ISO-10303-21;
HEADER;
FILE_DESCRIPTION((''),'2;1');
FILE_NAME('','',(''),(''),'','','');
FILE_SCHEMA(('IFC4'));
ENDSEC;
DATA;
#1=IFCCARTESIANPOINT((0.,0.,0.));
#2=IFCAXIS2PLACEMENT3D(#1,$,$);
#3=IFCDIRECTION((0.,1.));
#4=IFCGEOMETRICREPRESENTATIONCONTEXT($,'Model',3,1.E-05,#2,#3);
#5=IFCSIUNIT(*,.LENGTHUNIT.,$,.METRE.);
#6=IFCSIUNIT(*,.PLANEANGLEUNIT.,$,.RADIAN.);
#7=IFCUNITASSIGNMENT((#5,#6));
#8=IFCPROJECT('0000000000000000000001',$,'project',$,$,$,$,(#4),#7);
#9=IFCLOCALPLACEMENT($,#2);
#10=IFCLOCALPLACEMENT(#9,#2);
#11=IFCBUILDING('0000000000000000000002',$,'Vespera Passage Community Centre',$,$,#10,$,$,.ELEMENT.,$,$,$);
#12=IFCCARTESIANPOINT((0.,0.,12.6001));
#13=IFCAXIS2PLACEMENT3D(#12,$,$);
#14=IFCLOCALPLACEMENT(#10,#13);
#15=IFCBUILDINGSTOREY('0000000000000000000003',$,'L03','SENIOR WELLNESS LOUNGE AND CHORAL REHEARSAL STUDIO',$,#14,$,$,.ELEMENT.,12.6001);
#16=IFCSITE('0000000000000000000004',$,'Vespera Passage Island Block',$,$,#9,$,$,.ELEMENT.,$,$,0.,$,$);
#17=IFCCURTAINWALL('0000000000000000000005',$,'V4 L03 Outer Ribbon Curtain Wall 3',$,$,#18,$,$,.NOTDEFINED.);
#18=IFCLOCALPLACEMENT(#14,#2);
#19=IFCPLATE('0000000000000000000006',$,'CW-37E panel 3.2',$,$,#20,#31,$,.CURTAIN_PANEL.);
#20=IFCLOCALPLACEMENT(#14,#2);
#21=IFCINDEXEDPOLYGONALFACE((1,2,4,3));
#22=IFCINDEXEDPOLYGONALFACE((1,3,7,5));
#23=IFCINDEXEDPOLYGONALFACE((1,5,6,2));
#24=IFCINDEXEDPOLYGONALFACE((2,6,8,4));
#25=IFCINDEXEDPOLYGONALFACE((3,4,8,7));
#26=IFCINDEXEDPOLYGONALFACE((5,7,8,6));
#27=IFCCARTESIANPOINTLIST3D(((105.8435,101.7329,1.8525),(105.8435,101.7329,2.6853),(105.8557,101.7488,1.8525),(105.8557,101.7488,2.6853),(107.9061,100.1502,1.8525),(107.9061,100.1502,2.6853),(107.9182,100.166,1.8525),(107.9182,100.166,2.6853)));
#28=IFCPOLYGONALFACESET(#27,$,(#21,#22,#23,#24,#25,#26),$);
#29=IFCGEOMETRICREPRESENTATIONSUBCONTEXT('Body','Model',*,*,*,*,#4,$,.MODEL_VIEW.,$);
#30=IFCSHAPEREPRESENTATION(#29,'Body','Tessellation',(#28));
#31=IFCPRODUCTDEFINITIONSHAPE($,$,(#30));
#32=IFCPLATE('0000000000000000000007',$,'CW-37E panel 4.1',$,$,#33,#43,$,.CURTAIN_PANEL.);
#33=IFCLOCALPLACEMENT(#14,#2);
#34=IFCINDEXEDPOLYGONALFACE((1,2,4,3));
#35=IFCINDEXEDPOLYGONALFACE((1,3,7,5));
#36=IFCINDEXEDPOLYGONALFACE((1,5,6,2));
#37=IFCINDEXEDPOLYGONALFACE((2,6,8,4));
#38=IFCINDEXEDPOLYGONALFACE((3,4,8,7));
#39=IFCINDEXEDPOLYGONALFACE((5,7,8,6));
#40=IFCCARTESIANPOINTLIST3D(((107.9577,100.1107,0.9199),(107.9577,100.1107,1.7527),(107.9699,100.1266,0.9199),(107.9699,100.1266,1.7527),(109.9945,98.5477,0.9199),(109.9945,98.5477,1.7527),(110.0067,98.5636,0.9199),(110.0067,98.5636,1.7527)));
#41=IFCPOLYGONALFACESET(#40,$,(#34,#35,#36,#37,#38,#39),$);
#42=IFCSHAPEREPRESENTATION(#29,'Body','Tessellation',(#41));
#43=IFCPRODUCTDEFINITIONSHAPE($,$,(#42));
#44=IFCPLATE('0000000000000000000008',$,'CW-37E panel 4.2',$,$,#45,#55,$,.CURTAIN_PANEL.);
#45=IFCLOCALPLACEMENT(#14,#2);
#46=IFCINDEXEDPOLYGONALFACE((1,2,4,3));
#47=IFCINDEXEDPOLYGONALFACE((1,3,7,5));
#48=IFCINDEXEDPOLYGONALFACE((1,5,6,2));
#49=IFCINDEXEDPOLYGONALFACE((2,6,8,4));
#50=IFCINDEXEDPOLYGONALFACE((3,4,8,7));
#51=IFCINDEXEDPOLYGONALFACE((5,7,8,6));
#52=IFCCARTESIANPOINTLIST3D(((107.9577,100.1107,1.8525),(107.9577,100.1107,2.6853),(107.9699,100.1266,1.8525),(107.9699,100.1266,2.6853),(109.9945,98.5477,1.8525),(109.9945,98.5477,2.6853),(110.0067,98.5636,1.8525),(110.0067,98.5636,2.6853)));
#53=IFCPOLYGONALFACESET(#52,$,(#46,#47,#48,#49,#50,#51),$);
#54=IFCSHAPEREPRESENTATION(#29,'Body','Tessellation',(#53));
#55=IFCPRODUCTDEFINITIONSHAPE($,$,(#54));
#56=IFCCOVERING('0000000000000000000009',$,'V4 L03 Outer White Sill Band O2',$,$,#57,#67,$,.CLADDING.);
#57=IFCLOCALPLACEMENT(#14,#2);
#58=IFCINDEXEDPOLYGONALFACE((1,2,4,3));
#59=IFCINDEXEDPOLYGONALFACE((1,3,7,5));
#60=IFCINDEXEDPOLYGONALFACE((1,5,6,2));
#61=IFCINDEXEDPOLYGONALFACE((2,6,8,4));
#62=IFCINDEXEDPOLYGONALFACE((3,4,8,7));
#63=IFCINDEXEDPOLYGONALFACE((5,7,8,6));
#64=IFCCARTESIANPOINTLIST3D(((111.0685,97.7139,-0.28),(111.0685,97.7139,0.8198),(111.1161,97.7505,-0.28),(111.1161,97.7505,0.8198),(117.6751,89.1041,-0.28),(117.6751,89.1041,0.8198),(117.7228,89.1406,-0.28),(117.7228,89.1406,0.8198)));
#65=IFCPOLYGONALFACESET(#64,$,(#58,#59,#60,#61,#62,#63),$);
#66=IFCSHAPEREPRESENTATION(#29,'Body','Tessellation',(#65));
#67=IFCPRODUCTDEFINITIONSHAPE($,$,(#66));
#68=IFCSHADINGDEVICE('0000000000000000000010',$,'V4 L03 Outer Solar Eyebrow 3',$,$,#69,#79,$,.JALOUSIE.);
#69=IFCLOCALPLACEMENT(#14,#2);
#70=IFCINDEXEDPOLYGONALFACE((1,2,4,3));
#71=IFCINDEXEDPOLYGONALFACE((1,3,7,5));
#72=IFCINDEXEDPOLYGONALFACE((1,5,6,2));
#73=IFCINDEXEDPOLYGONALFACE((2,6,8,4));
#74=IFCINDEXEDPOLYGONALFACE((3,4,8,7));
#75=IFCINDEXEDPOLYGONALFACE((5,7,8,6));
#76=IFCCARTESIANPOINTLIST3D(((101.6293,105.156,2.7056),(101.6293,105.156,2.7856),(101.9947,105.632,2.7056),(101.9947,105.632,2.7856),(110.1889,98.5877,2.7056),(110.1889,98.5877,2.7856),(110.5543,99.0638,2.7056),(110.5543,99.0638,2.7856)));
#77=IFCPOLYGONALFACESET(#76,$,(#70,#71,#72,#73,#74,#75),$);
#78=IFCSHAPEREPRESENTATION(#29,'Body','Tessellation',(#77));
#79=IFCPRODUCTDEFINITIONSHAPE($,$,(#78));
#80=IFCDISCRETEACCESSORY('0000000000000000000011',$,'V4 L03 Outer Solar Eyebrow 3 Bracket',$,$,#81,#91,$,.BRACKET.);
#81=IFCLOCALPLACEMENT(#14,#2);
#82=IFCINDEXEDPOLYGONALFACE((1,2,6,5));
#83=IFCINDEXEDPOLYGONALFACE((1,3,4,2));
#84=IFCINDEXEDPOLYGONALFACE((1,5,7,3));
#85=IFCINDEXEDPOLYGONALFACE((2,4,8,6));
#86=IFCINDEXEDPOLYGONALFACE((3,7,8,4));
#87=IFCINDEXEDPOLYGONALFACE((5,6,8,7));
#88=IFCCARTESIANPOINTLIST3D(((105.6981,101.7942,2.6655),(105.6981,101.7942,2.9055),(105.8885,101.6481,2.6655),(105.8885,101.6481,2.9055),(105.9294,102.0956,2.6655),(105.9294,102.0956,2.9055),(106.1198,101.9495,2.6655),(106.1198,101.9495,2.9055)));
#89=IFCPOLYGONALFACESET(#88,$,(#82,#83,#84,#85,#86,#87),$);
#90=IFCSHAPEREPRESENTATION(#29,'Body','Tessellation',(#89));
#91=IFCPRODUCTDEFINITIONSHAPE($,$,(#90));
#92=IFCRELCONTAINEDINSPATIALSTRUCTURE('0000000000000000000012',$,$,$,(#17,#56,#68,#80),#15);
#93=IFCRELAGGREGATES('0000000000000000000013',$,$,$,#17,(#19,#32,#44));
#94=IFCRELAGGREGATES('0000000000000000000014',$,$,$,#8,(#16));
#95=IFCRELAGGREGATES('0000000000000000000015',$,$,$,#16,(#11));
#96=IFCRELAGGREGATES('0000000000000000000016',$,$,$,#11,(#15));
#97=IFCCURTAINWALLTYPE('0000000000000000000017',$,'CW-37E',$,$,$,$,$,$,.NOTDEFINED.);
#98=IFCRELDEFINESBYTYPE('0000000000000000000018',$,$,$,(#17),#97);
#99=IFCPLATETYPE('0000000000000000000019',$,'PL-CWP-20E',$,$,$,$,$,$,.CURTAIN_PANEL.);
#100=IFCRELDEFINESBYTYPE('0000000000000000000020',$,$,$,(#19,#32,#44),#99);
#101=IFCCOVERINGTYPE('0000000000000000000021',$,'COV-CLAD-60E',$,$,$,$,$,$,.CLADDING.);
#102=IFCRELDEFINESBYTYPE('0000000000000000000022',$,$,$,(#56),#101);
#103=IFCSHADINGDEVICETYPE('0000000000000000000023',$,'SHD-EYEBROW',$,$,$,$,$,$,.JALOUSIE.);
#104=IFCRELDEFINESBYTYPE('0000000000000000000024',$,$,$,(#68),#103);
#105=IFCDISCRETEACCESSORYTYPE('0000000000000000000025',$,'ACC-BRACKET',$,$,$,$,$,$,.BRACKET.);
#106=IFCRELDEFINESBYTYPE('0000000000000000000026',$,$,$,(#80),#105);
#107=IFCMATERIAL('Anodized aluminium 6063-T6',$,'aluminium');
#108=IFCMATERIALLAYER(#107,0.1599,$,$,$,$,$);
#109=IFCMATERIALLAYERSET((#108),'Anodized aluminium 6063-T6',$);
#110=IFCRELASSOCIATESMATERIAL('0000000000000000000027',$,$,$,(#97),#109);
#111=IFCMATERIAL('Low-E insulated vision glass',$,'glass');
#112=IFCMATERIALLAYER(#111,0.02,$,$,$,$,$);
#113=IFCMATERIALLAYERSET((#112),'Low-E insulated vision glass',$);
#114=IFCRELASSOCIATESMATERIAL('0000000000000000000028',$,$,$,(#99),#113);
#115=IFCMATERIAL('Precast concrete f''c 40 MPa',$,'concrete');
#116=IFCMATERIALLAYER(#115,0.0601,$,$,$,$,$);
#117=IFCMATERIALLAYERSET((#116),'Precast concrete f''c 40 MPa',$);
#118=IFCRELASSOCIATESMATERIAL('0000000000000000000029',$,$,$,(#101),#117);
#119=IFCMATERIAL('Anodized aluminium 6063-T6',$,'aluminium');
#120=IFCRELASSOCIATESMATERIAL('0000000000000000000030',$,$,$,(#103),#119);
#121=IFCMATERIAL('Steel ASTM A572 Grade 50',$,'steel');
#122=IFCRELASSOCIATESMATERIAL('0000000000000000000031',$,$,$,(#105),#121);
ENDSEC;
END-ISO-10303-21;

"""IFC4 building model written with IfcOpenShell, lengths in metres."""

from ifc_helpers import new_model, si_unit, direction, frame, frame_2d, origin, origin_2d, place, context, subcontext, project, spatial, rectangle, extrude, material, layer, layer_set, type_object, element, aggregate, save


model = new_model("IFC4")

# Units and contexts
model_context = context("Model", 3, precision=1e-05, world=origin(), true_north=direction((0.0, 1.0)))
body_context = subcontext(model_context, "Body", "Model", "MODEL_VIEW")
ifc_project = project(units=[si_unit("LENGTHUNIT", "METRE"), si_unit("PLANEANGLEUNIT", "RADIAN")], contexts=[model_context])

# Site, building, storey
site_placement = place(None, origin())
site = spatial("IfcSite", under=ifc_project, at=site_placement, Name="Vespera Passage Island Block", CompositionType="ELEMENT", RefElevation=0.0)
building_placement = place(site_placement, origin())
building = spatial("IfcBuilding", under=site, at=building_placement, Name="Vespera Passage Community Centre", CompositionType="ELEMENT")
storey_placement = place(building_placement, frame((0.0, 0.0, 12.6001)))
storey = spatial("IfcBuildingStorey", under=building, at=storey_placement, Name="L03", Description="SENIOR WELLNESS LOUNGE AND CHORAL REHEARSAL STUDIO", CompositionType="ELEMENT", Elevation=12.6001)

# Curtain wall, plates
ifc_material_1 = material(Name="Anodized aluminium 6063-T6", Category="aluminium")
ifc_layer_1 = layer(ifc_material_1, 0.1599)
ifc_layer_set_1 = layer_set([ifc_layer_1], Name="Anodized aluminium 6063-T6")
curtain_wall_type = type_object("IfcCurtainWallType", Name="CW-37E", PredefinedType="NOTDEFINED", material=ifc_layer_set_1)
curtain_wall_placement = place(storey_placement, origin())
curtain_wall = element("IfcCurtainWall", 1, at=curtain_wall_placement, inside=storey, type_object=curtain_wall_type, Name="V4 L03 Outer Ribbon Curtain Wall 3", PredefinedType="NOTDEFINED")
ifc_material_2 = material(Name="Low-E insulated vision glass", Category="glass")
ifc_layer_2 = layer(ifc_material_2, 0.02)
ifc_layer_set_2 = layer_set([ifc_layer_2], Name="Low-E insulated vision glass")
plate_type = type_object("IfcPlateType", Name="PL-CWP-20E", PredefinedType="CURTAIN_PANEL", material=ifc_layer_set_2)
plate_1_placement = place(storey_placement, frame((106.8809, 100.9495, 1.8525), z_axis=(0.0, 0.0, 1.0), x_axis=(0.793345, -0.608772, 0.0)))
plate_1 = element("IfcPlate", 2, at=plate_1_placement, type_object=plate_type, Name="CW-37E panel 3.2", PredefinedType="CURTAIN_PANEL", context=body_context, shape_type="SweptSolid", body=[
    extrude(rectangle(XDim=2.5999, YDim=0.02, at=origin_2d()), origin(), (0.0, 0.0, 1.0), 0.8328),
])
plate_2_placement = place(storey_placement, frame((108.9822, 99.3372, 0.9199), z_axis=(0.0, 0.0, 1.0), x_axis=(0.793345, -0.608772, 0.0)))
plate_2 = element("IfcPlate", 3, at=plate_2_placement, type_object=plate_type, Name="CW-37E panel 4.1", PredefinedType="CURTAIN_PANEL", context=body_context, shape_type="SweptSolid", body=[
    extrude(rectangle(XDim=2.5674, YDim=0.02, at=origin_2d()), origin(), (0.0, 0.0, 1.0), 0.8328),
])
plate_3_placement = place(storey_placement, frame((108.9822, 99.3372, 1.8525), z_axis=(0.0, 0.0, 1.0), x_axis=(0.793345, -0.608772, 0.0)))
plate_3 = element("IfcPlate", 4, at=plate_3_placement, type_object=plate_type, Name="CW-37E panel 4.2", PredefinedType="CURTAIN_PANEL", context=body_context, shape_type="SweptSolid", body=[
    extrude(rectangle(XDim=2.5674, YDim=0.02, at=origin_2d()), origin(), (0.0, 0.0, 1.0), 0.8328),
])
aggregate(curtain_wall, [plate_1, plate_2, plate_3])

# Covering
ifc_material_3 = material(Name="Precast concrete f'c 40 MPa", Category="concrete")
ifc_layer_3 = layer(ifc_material_3, 0.0601)
ifc_layer_set_3 = layer_set([ifc_layer_3], Name="Precast concrete f'c 40 MPa")
covering_type = type_object("IfcCoveringType", Name="COV-CLAD-60E", PredefinedType="CLADDING", material=ifc_layer_set_3)
covering_placement = place(storey_placement, frame((111.0923, 97.7322, -0.28), z_axis=(0.0, 0.0, 1.0), x_axis=(0.608768, -0.793348, 0.0)))
element("IfcCovering", 5, at=covering_placement, inside=storey, type_object=covering_type, Name="V4 L03 Outer White Sill Band O2", PredefinedType="CLADDING", context=body_context, shape_type="SweptSolid", body=[
    extrude(rectangle(XDim=10.8525, YDim=0.0601, at=frame_2d((5.4263, 0.0))), origin(), (0.0, 0.0, 1.0), 1.0999),
])

# Shading device
ifc_material_4 = material(Name="Anodized aluminium 6063-T6", Category="aluminium")
shading_device_type = type_object("IfcShadingDeviceType", Name="SHD-EYEBROW", PredefinedType="JALOUSIE", material=ifc_material_4)
shading_device_placement = place(storey_placement, frame((106.0918, 102.1099, 2.7056), z_axis=(0.0, 0.0, 1.0), x_axis=(0.793343, -0.608775, 0.0)))
element("IfcShadingDevice", 6, at=shading_device_placement, inside=storey, type_object=shading_device_type, Name="V4 L03 Outer Solar Eyebrow 3", PredefinedType="JALOUSIE", context=body_context, shape_type="SweptSolid", body=[
    extrude(rectangle(XDim=10.7893, YDim=0.6001, at=origin_2d()), origin(), (0.0, 0.0, 1.0), 0.0801),
])

# Discrete accessory
ifc_material_5 = material(Name="Steel ASTM A572 Grade 50", Category="steel")
discrete_accessory_type = type_object("IfcDiscreteAccessoryType", Name="ACC-BRACKET", PredefinedType="BRACKET", material=ifc_material_5)
discrete_accessory_placement = place(storey_placement, frame((105.9089, 101.8718, 2.6655), z_axis=(0.0, 0.0, 1.0), x_axis=(0.793343, -0.608775, 0.0)))
element("IfcDiscreteAccessory", 7, at=discrete_accessory_placement, inside=storey, type_object=discrete_accessory_type, Name="V4 L03 Outer Solar Eyebrow 3 Bracket", PredefinedType="BRACKET", context=body_context, shape_type="SweptSolid", body=[
    extrude(rectangle(XDim=0.24, YDim=0.3799, at=origin_2d()), origin(), (0.0, 0.0, 1.0), 0.24),
])

save(model, "model.ifc")
